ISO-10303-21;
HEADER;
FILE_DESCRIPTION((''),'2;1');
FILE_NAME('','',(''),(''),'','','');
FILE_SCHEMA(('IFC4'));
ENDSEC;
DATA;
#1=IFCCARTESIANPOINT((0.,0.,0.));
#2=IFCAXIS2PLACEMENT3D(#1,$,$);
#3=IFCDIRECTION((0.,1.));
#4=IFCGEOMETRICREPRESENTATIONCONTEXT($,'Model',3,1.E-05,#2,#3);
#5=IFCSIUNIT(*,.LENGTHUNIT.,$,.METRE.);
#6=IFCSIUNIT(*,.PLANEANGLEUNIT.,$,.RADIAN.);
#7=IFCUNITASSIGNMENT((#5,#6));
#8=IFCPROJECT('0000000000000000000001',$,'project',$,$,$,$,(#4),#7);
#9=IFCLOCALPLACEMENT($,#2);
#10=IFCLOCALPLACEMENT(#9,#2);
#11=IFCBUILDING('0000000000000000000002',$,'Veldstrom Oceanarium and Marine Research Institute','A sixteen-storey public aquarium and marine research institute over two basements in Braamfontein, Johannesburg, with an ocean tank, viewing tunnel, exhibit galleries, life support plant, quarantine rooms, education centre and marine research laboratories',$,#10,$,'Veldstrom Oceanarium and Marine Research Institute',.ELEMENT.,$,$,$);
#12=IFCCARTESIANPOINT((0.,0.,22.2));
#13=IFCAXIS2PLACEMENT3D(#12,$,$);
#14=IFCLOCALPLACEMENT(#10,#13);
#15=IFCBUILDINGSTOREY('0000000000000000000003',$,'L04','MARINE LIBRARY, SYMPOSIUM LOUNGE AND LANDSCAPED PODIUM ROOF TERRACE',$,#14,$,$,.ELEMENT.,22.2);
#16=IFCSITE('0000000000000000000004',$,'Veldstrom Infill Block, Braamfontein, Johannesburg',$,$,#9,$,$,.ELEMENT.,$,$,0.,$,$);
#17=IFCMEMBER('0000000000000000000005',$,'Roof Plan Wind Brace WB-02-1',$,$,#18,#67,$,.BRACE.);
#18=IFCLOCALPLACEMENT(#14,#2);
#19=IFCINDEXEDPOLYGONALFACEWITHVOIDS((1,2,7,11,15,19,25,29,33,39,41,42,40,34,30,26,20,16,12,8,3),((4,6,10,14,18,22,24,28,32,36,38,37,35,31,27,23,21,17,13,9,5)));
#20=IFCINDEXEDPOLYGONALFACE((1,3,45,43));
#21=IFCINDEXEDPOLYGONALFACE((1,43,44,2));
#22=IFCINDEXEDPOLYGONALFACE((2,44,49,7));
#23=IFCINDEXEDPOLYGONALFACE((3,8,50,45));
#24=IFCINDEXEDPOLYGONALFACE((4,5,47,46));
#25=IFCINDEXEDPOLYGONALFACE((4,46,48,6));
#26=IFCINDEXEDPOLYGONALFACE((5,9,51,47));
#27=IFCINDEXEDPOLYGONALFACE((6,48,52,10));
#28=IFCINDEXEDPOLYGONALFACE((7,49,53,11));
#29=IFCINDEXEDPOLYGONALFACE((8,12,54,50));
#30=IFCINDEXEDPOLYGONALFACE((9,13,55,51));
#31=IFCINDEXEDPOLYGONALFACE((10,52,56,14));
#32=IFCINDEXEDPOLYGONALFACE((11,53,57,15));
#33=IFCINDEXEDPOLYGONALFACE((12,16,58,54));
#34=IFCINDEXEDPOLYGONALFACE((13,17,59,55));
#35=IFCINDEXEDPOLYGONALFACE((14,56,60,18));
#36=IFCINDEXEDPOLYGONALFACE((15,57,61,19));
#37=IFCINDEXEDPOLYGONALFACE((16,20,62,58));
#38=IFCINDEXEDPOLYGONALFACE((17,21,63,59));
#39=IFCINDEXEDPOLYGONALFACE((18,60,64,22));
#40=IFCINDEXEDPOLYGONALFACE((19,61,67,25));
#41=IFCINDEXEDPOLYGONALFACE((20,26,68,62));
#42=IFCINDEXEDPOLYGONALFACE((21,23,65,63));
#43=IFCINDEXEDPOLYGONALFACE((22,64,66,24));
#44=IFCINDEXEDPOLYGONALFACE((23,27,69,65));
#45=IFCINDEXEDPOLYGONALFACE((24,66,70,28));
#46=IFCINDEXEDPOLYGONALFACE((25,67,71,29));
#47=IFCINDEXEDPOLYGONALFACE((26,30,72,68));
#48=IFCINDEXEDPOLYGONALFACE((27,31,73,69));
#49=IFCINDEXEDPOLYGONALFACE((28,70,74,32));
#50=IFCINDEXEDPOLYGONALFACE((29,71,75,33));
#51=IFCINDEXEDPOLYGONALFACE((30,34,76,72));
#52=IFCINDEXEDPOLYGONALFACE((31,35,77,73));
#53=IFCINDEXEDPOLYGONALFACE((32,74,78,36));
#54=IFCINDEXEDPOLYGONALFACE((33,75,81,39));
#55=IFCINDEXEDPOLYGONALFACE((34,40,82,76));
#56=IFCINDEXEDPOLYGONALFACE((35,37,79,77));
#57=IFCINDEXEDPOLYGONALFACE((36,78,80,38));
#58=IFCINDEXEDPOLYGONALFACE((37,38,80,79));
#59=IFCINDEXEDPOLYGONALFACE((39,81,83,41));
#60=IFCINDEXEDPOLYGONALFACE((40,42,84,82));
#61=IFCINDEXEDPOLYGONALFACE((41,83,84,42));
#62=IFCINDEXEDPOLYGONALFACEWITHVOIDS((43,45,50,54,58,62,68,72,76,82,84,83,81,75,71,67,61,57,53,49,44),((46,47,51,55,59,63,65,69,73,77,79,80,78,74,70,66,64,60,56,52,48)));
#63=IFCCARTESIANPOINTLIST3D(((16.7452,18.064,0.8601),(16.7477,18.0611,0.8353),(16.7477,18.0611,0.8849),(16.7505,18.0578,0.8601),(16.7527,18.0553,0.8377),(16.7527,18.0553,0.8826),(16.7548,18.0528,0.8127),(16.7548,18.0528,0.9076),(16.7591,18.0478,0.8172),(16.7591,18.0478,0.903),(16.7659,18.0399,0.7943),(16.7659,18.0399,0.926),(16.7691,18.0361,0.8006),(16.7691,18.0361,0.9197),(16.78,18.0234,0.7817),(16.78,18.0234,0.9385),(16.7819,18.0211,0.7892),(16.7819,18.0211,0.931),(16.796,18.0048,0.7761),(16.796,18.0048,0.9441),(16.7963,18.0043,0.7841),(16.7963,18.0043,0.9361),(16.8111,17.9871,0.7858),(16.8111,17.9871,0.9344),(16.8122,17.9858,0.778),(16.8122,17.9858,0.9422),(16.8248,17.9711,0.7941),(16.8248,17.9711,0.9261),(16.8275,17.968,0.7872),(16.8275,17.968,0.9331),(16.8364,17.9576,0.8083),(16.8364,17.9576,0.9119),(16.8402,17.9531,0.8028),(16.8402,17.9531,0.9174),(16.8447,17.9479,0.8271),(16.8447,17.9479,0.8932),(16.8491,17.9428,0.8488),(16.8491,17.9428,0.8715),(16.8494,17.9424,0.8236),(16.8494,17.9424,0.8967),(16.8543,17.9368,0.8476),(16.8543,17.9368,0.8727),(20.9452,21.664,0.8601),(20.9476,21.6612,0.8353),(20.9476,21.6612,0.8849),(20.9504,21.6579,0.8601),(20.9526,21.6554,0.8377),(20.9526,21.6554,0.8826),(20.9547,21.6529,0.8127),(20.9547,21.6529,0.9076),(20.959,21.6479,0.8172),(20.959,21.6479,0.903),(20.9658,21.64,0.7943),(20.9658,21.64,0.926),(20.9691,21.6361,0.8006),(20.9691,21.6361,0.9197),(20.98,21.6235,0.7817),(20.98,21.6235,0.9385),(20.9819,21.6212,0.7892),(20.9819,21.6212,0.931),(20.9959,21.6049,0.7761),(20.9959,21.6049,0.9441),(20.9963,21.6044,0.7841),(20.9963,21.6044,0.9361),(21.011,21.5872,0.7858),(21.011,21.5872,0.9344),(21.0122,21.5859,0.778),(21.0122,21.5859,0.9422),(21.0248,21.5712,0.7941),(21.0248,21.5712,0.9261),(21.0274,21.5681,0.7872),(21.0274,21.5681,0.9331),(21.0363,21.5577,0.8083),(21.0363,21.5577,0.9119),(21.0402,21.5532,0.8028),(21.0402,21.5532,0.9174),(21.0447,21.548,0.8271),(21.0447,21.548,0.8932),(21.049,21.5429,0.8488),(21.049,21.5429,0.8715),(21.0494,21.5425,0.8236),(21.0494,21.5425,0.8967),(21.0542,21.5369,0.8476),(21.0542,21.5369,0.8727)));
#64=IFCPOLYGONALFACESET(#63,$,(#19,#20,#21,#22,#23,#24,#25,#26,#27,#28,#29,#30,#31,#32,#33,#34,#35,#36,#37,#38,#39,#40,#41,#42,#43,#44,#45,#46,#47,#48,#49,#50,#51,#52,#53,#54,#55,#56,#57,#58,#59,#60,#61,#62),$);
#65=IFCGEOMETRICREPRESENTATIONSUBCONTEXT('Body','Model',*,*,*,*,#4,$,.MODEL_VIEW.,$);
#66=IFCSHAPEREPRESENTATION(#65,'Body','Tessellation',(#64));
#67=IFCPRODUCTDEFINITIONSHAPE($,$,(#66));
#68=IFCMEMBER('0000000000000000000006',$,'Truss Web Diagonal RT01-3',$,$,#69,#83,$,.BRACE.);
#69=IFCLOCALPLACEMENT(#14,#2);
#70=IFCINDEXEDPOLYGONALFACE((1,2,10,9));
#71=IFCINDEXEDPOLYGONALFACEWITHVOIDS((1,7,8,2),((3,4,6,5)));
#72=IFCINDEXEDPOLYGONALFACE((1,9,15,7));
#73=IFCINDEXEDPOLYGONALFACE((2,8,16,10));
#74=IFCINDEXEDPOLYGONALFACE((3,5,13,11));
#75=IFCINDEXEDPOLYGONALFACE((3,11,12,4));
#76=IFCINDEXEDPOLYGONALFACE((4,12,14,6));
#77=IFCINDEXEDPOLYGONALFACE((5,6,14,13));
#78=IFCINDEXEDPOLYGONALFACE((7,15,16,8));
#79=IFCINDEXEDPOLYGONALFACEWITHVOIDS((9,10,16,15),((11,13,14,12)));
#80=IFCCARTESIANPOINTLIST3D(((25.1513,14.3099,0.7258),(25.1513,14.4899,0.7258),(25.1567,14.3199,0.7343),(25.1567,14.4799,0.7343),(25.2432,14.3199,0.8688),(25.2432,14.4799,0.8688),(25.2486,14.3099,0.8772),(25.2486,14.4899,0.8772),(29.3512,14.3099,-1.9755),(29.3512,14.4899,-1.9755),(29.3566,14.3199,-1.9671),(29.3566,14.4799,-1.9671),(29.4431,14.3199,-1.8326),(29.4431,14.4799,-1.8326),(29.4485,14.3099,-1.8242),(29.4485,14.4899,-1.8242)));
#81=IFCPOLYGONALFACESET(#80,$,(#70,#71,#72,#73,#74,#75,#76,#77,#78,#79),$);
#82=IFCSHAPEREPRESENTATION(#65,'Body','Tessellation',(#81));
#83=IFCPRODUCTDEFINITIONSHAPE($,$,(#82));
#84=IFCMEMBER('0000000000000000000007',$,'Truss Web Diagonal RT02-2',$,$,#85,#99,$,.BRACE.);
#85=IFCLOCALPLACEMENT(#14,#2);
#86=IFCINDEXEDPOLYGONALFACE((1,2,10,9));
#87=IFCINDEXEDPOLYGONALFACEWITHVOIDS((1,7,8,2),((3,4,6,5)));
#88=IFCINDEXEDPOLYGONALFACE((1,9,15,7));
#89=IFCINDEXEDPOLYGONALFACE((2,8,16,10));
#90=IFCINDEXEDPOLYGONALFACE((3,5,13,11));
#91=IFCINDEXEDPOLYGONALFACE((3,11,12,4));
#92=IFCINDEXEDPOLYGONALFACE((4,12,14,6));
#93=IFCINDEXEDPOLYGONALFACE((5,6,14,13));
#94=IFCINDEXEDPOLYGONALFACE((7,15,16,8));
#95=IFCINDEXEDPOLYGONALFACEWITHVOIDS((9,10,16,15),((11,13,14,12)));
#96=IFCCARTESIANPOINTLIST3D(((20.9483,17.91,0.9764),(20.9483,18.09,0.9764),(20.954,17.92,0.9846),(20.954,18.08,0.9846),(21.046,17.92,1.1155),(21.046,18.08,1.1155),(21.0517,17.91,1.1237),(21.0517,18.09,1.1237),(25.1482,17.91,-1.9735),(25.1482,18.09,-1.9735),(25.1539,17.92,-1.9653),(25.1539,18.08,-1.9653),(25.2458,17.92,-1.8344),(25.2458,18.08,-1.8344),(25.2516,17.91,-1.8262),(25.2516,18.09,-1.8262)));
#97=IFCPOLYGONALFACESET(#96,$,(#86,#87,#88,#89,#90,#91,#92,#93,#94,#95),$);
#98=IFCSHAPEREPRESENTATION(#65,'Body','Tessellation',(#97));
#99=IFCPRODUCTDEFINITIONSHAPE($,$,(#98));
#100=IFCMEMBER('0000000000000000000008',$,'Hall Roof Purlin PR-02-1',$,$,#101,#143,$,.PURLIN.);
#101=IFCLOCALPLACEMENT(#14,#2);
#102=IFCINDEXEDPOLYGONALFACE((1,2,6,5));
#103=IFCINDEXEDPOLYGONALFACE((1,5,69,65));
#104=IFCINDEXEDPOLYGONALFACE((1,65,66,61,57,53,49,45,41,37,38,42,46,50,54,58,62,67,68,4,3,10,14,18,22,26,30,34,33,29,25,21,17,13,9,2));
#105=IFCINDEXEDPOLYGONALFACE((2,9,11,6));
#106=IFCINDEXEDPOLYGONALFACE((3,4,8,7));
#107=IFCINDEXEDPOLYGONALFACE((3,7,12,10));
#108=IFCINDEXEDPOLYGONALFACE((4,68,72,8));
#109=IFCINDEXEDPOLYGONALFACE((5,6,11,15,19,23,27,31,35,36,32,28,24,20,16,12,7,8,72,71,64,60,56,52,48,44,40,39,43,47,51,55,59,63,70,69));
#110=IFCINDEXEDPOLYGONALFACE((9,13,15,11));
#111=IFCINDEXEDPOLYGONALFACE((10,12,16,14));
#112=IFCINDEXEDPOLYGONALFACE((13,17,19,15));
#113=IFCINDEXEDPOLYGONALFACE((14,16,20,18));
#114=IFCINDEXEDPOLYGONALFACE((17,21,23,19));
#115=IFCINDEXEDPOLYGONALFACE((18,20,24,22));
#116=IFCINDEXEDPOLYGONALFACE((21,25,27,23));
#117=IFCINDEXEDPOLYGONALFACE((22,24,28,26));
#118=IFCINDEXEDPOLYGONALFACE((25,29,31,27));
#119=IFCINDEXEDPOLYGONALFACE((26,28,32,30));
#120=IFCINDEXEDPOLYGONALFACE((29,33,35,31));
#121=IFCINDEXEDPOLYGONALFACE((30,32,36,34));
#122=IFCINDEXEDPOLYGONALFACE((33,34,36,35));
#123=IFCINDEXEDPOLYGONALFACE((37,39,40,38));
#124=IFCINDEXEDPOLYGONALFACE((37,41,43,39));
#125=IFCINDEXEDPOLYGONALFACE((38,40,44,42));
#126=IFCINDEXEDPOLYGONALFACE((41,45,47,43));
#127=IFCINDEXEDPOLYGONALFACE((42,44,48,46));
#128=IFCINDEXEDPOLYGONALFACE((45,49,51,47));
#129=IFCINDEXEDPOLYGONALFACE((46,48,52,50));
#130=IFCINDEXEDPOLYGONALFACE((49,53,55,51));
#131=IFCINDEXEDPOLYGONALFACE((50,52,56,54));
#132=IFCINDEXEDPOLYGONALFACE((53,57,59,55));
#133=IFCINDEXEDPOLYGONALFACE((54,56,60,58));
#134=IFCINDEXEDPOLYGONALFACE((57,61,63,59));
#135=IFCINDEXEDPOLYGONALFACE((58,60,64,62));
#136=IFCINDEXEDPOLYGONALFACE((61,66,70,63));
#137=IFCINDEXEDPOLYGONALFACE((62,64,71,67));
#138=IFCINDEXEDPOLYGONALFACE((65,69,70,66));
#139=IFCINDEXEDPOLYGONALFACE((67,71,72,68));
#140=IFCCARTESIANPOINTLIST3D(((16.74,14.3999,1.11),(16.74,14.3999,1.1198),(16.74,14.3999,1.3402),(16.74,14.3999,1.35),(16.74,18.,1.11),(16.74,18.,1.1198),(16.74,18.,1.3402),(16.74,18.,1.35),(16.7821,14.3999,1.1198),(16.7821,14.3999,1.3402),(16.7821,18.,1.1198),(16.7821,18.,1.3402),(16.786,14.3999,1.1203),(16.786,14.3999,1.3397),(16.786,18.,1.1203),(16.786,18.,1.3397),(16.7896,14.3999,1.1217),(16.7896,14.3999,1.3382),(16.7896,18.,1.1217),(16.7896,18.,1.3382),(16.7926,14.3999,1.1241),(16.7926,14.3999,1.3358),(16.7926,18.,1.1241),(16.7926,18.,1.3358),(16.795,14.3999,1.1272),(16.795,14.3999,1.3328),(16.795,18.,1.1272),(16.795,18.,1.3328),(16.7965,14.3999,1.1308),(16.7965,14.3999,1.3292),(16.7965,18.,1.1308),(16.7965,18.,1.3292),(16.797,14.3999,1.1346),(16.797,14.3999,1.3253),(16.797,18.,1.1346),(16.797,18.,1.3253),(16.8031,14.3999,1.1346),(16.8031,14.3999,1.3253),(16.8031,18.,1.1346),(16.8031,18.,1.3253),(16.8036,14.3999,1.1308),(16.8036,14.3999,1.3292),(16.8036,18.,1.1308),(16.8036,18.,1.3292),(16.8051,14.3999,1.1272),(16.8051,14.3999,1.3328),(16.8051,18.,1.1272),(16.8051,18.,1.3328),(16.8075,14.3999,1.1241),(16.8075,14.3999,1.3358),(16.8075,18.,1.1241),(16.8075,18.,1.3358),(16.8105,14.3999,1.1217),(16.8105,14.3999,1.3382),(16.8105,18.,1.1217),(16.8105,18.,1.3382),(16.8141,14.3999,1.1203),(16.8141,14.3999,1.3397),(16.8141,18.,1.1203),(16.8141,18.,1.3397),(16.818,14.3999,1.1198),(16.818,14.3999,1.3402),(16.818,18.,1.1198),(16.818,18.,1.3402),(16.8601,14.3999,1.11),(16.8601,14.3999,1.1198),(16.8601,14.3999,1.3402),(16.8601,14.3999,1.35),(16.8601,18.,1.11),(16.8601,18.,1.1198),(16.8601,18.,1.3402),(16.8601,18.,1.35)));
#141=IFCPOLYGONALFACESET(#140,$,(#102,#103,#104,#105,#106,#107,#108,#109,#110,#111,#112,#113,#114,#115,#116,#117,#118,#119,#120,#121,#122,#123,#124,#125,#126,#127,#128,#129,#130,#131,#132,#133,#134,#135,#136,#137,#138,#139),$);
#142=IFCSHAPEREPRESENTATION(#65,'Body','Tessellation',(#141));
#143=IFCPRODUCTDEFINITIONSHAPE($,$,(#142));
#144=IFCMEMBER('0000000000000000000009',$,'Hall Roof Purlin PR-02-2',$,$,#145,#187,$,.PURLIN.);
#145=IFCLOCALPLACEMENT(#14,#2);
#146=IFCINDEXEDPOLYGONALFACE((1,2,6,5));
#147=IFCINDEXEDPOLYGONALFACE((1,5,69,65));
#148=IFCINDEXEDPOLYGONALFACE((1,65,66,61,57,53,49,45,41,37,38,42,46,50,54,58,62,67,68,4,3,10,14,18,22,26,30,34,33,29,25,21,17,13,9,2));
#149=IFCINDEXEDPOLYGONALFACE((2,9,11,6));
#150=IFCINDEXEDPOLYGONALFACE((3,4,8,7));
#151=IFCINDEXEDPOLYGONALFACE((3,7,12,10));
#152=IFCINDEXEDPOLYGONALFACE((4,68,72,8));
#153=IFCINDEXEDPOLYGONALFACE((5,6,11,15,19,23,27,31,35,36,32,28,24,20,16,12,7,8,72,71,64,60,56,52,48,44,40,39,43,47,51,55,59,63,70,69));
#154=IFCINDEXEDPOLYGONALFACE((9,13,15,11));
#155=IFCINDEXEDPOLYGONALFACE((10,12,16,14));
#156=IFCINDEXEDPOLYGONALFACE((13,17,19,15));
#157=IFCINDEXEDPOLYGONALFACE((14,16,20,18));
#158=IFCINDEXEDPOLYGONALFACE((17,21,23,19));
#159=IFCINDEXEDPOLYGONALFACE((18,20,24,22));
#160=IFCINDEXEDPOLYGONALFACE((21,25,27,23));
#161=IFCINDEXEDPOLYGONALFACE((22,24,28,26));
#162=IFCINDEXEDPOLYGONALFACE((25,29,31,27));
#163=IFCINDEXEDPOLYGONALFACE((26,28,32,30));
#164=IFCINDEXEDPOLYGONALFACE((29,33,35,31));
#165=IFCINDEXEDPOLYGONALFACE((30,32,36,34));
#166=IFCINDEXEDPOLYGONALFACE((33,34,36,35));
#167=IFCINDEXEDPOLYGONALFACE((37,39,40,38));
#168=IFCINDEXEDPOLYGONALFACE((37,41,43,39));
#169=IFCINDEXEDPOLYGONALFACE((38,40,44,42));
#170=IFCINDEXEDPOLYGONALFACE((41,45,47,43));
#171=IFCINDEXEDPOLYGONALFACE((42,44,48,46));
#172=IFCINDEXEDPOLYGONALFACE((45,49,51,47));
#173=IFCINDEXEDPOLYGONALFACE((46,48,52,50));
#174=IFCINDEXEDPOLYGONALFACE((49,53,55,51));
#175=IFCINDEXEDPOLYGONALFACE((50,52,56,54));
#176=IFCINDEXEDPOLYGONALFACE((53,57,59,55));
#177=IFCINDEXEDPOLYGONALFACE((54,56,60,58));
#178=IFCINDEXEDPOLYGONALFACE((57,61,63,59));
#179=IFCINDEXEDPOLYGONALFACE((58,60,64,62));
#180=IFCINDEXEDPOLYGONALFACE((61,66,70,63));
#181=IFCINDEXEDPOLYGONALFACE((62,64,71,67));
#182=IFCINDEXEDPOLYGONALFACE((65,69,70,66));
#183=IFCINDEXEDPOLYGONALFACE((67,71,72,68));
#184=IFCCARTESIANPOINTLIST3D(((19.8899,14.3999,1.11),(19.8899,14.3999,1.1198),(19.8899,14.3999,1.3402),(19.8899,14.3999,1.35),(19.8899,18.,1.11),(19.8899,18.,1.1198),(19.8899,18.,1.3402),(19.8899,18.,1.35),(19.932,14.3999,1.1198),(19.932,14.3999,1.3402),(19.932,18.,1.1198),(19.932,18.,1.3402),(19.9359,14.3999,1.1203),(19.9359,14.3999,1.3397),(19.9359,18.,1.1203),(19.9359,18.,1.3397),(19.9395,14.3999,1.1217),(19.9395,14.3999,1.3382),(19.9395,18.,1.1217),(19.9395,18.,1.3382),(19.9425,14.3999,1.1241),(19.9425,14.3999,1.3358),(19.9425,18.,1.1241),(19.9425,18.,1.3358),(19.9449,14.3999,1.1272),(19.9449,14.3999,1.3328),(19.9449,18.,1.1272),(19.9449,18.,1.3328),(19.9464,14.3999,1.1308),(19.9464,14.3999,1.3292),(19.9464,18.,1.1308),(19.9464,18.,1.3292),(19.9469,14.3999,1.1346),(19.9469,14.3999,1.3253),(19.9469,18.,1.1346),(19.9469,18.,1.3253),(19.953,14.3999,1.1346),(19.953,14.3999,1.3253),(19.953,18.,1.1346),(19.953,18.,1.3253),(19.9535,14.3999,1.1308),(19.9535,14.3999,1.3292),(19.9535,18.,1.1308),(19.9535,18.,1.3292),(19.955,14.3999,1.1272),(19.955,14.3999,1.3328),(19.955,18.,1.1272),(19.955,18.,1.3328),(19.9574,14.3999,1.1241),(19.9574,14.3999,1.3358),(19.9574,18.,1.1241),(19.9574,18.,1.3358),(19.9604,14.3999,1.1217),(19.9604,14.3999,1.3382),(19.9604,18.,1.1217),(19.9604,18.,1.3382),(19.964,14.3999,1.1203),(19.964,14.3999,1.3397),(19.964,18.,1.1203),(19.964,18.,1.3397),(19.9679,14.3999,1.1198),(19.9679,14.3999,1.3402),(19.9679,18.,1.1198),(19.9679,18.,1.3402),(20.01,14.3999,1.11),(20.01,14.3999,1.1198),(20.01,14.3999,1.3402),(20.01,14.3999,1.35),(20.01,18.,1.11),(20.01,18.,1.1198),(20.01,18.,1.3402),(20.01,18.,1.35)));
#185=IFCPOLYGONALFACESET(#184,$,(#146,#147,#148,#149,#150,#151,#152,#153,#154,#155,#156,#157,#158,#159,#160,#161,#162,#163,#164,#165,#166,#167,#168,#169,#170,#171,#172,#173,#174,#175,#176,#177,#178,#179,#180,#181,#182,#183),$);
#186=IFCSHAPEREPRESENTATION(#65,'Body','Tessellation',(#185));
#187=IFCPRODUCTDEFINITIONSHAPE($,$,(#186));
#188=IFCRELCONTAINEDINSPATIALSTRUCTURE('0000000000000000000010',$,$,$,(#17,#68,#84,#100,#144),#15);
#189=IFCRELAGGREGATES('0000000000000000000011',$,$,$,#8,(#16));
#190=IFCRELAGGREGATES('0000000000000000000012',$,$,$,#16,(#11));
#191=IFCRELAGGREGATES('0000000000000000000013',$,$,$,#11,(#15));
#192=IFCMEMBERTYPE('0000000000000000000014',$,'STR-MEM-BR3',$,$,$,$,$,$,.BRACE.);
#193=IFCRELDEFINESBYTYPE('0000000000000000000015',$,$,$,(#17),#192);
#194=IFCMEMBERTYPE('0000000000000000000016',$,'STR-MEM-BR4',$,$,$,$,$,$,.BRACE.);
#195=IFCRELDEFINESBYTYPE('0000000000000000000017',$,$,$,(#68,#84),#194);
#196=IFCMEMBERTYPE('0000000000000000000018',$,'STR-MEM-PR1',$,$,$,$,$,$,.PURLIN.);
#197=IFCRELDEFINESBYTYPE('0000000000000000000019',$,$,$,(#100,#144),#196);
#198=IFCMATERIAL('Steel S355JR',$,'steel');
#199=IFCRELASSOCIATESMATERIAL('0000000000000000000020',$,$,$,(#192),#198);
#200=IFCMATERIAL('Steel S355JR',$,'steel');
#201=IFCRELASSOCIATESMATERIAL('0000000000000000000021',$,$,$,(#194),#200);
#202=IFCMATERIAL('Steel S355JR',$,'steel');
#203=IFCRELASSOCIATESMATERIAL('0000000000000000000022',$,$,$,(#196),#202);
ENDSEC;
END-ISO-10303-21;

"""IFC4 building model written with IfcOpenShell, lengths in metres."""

from ifc_helpers import new_model, si_unit, direction, frame, origin, origin_2d, place, context, subcontext, project, spatial, hollow_rectangle, hollow_circle, i_section, extrude, material, material_profile, profile_set, type_object, element, save


model = new_model("IFC4")

# Units and contexts
model_context = context("Model", 3, precision=1e-05, world=origin(), true_north=direction((0.0, 1.0)))
body_context = subcontext(model_context, "Body", "Model", "MODEL_VIEW")
ifc_project = project(units=[si_unit("LENGTHUNIT", "METRE"), si_unit("PLANEANGLEUNIT", "RADIAN")], contexts=[model_context])

# Site, building, storey
site_placement = place(None, origin())
site = spatial("IfcSite", under=ifc_project, at=site_placement, Name="Veldstrom Infill Block, Braamfontein, Johannesburg", CompositionType="ELEMENT", RefElevation=0.0)
building_placement = place(site_placement, origin())
building = spatial("IfcBuilding", under=site, at=building_placement, Name="Veldstrom Oceanarium and Marine Research Institute", Description="A sixteen-storey public aquarium and marine research institute over two basements in Braamfontein, Johannesburg, with an ocean tank, viewing tunnel, exhibit galleries, life support plant, quarantine rooms, education centre and marine research laboratories", LongName="Veldstrom Oceanarium and Marine Research Institute", CompositionType="ELEMENT")
storey_placement = place(building_placement, frame((0.0, 0.0, 22.2)))
storey = spatial("IfcBuildingStorey", under=building, at=storey_placement, Name="L04", Description="MARINE LIBRARY, SYMPOSIUM LOUNGE AND LANDSCAPED PODIUM ROOF TERRACE", CompositionType="ELEMENT", Elevation=22.2)

# Members
ifc_material_1 = material(Name="Steel S355JR", Category="steel")
ifc_material_profile_1 = material_profile(ifc_material_1, hollow_circle(Radius=0.0842, WallThickness=0.0081, at=origin_2d()), Name="CHS 168.3x8")
ifc_profile_set_1 = profile_set([ifc_material_profile_1], Name="Steel S355JR")
member_type_1 = type_object("IfcMemberType", Name="STR-MEM-BR3", PredefinedType="BRACE", material=ifc_profile_set_1)
for number, where, z_axis, x_axis, name in (
    (1, (16.8, 18.0, 0.8601), (0.759244, 0.650806, 0.0), (-0.650806, 0.759244, 0.0), "Roof Plan Wind Brace WB-02-1"),
):
    element("IfcMember", number, at=place(storey_placement, frame(where, z_axis=z_axis, x_axis=x_axis)), inside=storey, type_object=member_type_1, Name=name, PredefinedType="BRACE", context=body_context, shape_type="SweptSolid", body=[
        extrude(hollow_circle(Radius=0.0842, WallThickness=0.0081, at=origin_2d()), origin(), (0.0, 0.0, 1.0), 5.5317),
    ])
ifc_material_2 = material(Name="Steel S355JR", Category="steel")
ifc_material_profile_2 = material_profile(ifc_material_2, hollow_rectangle(XDim=0.1799, YDim=0.1799, WallThickness=0.01, at=origin_2d()), Name="SHS 180x180x10")
ifc_profile_set_2 = profile_set([ifc_material_profile_2], Name="Steel S355JR")
member_type_2 = type_object("IfcMemberType", Name="STR-MEM-BR4", PredefinedType="BRACE", material=ifc_profile_set_2)
member_1_placement = place(storey_placement, frame((25.2, 14.3999, 0.8015), z_axis=(0.841047, 0.0, -0.540963), x_axis=(0.0, 1.0, 0.0)))
element("IfcMember", 2, at=member_1_placement, inside=storey, type_object=member_type_2, Name="Truss Web Diagonal RT01-3", PredefinedType="BRACE", context=body_context, shape_type="SweptSolid", body=[
    extrude(hollow_rectangle(XDim=0.1799, YDim=0.1799, WallThickness=0.01, at=origin_2d()), origin(), (0.0, 0.0, 1.0), 4.9937),
])
member_2_placement = place(storey_placement, frame((21.0, 18.0, 1.05), z_axis=(0.818317, 0.0, -0.574767), x_axis=(0.0, 1.0, 0.0)))
element("IfcMember", 3, at=member_2_placement, inside=storey, type_object=member_type_2, Name="Truss Web Diagonal RT02-2", PredefinedType="BRACE", context=body_context, shape_type="SweptSolid", body=[
    extrude(hollow_rectangle(XDim=0.1799, YDim=0.1799, WallThickness=0.01, at=origin_2d()), origin(), (0.0, 0.0, 1.0), 5.1323),
])
ifc_material_3 = material(Name="Steel S355JR", Category="steel")
ifc_material_profile_3 = material_profile(ifc_material_3, i_section(OverallWidth=0.1201, OverallDepth=0.24, WebThickness=0.0061, FlangeThickness=0.0098, FilletRadius=0.0149, at=origin_2d()), Name="IPE 240")
ifc_profile_set_3 = profile_set([ifc_material_profile_3], Name="Steel S355JR")
member_type_3 = type_object("IfcMemberType", Name="STR-MEM-PR1", PredefinedType="PURLIN", material=ifc_profile_set_3)
for number, where, z_axis, x_axis, name in (
    (4, (16.8, 14.3999, 1.23), (0.0, 1.0, 0.0), (-1.0, 0.0, 0.0), "Hall Roof Purlin PR-02-1"),
    (5, (19.95, 14.3999, 1.23), (0.0, 1.0, 0.0), (-1.0, 0.0, 0.0), "Hall Roof Purlin PR-02-2"),
):
    element("IfcMember", number, at=place(storey_placement, frame(where, z_axis=z_axis, x_axis=x_axis)), inside=storey, type_object=member_type_3, Name=name, PredefinedType="PURLIN", context=body_context, shape_type="SweptSolid", body=[
        extrude(i_section(OverallWidth=0.1201, OverallDepth=0.24, WebThickness=0.0061, FlangeThickness=0.0098, FilletRadius=0.0149, at=origin_2d()), origin(), (0.0, 0.0, 1.0), 3.6001),
    ])

save(model, "model.ifc")
